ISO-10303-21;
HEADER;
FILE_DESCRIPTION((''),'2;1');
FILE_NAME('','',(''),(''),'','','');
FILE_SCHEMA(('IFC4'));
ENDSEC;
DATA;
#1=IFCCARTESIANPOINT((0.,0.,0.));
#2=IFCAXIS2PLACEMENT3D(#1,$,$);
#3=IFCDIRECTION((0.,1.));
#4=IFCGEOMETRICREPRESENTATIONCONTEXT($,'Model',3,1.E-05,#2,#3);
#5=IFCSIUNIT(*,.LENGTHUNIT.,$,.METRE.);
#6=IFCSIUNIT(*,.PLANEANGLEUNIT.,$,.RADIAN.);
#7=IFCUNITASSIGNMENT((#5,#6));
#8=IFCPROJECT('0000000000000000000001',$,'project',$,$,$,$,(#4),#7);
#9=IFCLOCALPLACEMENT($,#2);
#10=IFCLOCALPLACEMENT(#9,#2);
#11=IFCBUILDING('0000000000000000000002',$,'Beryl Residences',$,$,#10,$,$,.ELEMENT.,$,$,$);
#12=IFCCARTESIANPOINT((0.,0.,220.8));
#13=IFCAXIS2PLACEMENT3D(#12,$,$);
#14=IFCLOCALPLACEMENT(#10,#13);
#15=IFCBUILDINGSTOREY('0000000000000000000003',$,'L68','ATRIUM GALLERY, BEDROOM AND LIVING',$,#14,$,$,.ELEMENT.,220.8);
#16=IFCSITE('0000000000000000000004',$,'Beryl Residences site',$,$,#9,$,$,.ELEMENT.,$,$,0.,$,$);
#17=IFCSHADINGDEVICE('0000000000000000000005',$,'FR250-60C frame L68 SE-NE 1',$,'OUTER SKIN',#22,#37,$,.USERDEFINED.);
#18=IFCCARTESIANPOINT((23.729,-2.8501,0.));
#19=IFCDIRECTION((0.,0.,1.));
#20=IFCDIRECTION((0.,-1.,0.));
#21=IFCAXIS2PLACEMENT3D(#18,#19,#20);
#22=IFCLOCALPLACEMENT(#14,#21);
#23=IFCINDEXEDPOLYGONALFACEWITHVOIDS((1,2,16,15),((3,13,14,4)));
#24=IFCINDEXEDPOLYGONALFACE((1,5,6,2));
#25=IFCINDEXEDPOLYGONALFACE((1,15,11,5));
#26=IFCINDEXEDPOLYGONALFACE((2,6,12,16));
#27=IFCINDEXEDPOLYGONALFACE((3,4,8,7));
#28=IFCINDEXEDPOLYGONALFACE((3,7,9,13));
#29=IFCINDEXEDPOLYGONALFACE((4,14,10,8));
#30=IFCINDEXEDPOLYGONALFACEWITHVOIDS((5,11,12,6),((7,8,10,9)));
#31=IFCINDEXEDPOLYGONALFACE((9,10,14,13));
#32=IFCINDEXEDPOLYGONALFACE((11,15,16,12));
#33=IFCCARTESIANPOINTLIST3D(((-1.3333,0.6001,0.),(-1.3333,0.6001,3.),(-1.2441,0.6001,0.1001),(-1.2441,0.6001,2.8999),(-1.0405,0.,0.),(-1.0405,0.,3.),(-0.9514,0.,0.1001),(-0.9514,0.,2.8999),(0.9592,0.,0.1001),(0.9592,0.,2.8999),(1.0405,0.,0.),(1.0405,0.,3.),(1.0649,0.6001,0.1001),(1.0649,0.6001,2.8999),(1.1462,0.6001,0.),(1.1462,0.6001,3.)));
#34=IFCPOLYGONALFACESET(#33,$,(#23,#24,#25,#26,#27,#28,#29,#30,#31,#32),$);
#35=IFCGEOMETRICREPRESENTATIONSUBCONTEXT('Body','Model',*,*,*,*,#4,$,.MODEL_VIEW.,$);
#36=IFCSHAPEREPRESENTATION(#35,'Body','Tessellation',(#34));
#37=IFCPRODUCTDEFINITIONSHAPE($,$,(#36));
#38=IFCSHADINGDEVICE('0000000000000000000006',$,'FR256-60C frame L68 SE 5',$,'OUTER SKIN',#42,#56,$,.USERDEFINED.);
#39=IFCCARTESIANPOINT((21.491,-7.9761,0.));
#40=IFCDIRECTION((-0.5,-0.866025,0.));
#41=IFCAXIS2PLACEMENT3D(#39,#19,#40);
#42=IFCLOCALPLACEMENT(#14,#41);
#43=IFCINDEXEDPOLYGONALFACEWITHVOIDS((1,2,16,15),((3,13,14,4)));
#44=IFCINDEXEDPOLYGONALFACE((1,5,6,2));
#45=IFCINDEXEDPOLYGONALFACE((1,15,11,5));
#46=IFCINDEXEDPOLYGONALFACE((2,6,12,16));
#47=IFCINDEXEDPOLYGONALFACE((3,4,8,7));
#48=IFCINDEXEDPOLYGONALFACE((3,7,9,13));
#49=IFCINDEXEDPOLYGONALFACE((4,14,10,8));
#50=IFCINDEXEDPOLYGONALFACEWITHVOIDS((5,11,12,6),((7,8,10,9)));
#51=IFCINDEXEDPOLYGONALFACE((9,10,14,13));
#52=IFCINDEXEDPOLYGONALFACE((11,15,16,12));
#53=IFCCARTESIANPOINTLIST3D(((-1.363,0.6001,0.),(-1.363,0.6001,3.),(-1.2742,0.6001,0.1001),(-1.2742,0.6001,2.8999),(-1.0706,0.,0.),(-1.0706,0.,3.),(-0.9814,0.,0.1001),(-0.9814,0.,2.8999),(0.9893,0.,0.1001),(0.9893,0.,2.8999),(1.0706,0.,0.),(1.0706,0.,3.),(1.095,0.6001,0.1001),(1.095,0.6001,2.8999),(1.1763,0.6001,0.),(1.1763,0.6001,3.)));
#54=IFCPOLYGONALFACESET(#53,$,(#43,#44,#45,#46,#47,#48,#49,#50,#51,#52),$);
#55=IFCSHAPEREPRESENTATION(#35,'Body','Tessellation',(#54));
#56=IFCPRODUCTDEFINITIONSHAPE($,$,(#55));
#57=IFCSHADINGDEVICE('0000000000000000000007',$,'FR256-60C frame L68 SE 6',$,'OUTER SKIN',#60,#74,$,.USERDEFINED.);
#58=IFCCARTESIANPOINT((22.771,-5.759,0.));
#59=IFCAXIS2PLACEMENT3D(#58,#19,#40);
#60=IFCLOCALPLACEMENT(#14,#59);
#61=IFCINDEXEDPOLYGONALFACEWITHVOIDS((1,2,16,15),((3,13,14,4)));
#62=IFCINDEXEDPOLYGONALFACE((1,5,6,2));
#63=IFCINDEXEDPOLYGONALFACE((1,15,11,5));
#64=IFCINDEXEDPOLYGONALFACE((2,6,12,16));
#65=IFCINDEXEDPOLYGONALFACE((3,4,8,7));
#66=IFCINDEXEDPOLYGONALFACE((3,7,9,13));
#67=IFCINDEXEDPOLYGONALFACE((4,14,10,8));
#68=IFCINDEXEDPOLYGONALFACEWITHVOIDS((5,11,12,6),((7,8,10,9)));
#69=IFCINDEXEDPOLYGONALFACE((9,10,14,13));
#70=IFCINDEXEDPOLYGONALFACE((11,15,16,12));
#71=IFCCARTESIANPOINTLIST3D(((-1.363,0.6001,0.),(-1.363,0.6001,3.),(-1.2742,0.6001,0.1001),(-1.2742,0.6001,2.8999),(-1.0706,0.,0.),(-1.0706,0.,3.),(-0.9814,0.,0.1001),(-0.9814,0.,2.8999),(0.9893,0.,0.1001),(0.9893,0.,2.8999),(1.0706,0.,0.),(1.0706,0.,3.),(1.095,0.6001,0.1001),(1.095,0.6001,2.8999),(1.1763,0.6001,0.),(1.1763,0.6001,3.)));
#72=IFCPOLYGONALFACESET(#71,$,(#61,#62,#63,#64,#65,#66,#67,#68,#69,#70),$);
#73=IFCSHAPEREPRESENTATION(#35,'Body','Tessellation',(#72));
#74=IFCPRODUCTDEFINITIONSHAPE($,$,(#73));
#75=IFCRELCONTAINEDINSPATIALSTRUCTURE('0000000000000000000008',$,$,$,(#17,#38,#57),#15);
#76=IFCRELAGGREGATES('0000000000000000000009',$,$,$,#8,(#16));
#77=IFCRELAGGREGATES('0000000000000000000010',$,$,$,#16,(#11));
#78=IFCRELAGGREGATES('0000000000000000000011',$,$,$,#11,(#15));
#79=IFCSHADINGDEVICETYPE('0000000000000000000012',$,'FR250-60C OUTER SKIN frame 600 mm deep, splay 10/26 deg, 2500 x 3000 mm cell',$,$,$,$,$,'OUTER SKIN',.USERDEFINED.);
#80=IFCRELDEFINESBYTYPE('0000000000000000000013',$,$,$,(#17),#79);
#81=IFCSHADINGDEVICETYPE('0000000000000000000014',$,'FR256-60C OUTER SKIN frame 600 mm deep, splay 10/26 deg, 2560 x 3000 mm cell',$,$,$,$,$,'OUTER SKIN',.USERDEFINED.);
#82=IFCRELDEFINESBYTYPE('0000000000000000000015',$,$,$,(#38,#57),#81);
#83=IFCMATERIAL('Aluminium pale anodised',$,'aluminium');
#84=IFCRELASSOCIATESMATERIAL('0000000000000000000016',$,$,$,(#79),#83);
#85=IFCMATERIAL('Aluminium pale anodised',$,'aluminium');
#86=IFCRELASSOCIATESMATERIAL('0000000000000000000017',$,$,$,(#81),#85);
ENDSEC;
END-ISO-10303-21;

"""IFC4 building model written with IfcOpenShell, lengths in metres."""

from ifc_helpers import new_model, entity, si_unit, direction, frame, origin, place, context, subcontext, project, spatial, source, transform, mapped, material, type_object, type_shapes, element, save


model = new_model("IFC4")

# Units and contexts
model_context = context("Model", 3, precision=1e-05, world=origin(), true_north=direction((0.0, 1.0)))
body_context = subcontext(model_context, "Body", "Model", "MODEL_VIEW")
ifc_project = project(units=[si_unit("LENGTHUNIT", "METRE"), si_unit("PLANEANGLEUNIT", "RADIAN")], contexts=[model_context])

# Site, building, storey
site_placement = place(None, origin())
site = spatial("IfcSite", under=ifc_project, at=site_placement, Name="Beryl Residences site", CompositionType="ELEMENT", RefElevation=0.0)
building_placement = place(site_placement, origin())
building = spatial("IfcBuilding", under=site, at=building_placement, Name="Beryl Residences", CompositionType="ELEMENT")
storey_placement = place(building_placement, frame((0.0, 0.0, 220.8)))
storey = spatial("IfcBuildingStorey", under=building, at=storey_placement, Name="L68", Description="ATRIUM GALLERY, BEDROOM AND LIVING", CompositionType="ELEMENT", Elevation=220.8)

# Shading devices
ifc_material_1 = material(Name="Aluminium pale anodised", Category="aluminium")
shading_device_type_1 = type_object("IfcShadingDeviceType", Name="FR250-60C OUTER SKIN frame 600 mm deep, splay 10/26 deg, 2500 x 3000 mm cell", ElementType="OUTER SKIN", PredefinedType="USERDEFINED", material=ifc_material_1)
cartesian_point_1 = entity("IfcCartesianPoint", [-1.0405, 0.0])
cartesian_point_2 = entity("IfcCartesianPoint", [-0.9592, 0.1001])
cartesian_point_3 = entity("IfcCartesianPoint", [-1.1462, 0.0])
cartesian_point_4 = entity("IfcCartesianPoint", [-1.0649, 0.1001])
shared_shape_1 = source(origin(), body_context, "Body", "SweptSolid", [
    entity("IfcExtrudedAreaSolidTapered", entity("IfcArbitraryProfileDefWithVoids", "AREA", None, entity("IfcPolyline", [cartesian_point_1, entity("IfcCartesianPoint", [1.0405, 0.0]), entity("IfcCartesianPoint", [1.0405, 3.0]), entity("IfcCartesianPoint", [-1.0405, 3.0]), cartesian_point_1]), [entity("IfcPolyline", [cartesian_point_2, entity("IfcCartesianPoint", [0.9514, 0.1001]), entity("IfcCartesianPoint", [0.9514, 2.8999]), entity("IfcCartesianPoint", [-0.9592, 2.8999]), cartesian_point_2])]), entity("IfcAxis2Placement3D", entity("IfcCartesianPoint", [0.0, 0.0, 0.0]), entity("IfcDirection", [0.0, 1.0, 0.0]), entity("IfcDirection", [-1.0, 0.0, 0.0])), entity("IfcDirection", [0.0, 0.0, 1.0]), 0.6001, entity("IfcArbitraryProfileDefWithVoids", "AREA", None, entity("IfcPolyline", [cartesian_point_3, entity("IfcCartesianPoint", [1.3333, 0.0]), entity("IfcCartesianPoint", [1.3333, 3.0]), entity("IfcCartesianPoint", [-1.1462, 3.0]), cartesian_point_3]), [entity("IfcPolyline", [cartesian_point_4, entity("IfcCartesianPoint", [1.2441, 0.1001]), entity("IfcCartesianPoint", [1.2441, 2.8999]), entity("IfcCartesianPoint", [-1.0649, 2.8999]), cartesian_point_4])])),
])
type_shapes(shading_device_type_1, [shared_shape_1])
shading_device_placement = place(storey_placement, frame((23.729, -2.8501, 0.0), z_axis=(0.0, 0.0, 1.0), x_axis=(0.0, -1.0, 0.0)))
element("IfcShadingDevice", 1, at=shading_device_placement, inside=storey, type_object=shading_device_type_1, Name="FR250-60C frame L68 SE-NE 1", ObjectType="OUTER SKIN", PredefinedType="USERDEFINED", context=body_context, shape_type="MappedRepresentation", body=[
    mapped(shared_shape_1, transform((0.0, 0.0, 0.0))),
])
ifc_material_2 = material(Name="Aluminium pale anodised", Category="aluminium")
shading_device_type_2 = type_object("IfcShadingDeviceType", Name="FR256-60C OUTER SKIN frame 600 mm deep, splay 10/26 deg, 2560 x 3000 mm cell", ElementType="OUTER SKIN", PredefinedType="USERDEFINED", material=ifc_material_2)
cartesian_point_5 = entity("IfcCartesianPoint", [-1.0706, 0.0])
cartesian_point_6 = entity("IfcCartesianPoint", [-0.9893, 0.1001])
cartesian_point_7 = entity("IfcCartesianPoint", [-1.1763, 0.0])
cartesian_point_8 = entity("IfcCartesianPoint", [-1.095, 0.1001])
shared_shape_2 = source(origin(), body_context, "Body", "SweptSolid", [
    entity("IfcExtrudedAreaSolidTapered", entity("IfcArbitraryProfileDefWithVoids", "AREA", None, entity("IfcPolyline", [cartesian_point_5, entity("IfcCartesianPoint", [1.0706, 0.0]), entity("IfcCartesianPoint", [1.0706, 3.0]), entity("IfcCartesianPoint", [-1.0706, 3.0]), cartesian_point_5]), [entity("IfcPolyline", [cartesian_point_6, entity("IfcCartesianPoint", [0.9814, 0.1001]), entity("IfcCartesianPoint", [0.9814, 2.8999]), entity("IfcCartesianPoint", [-0.9893, 2.8999]), cartesian_point_6])]), entity("IfcAxis2Placement3D", entity("IfcCartesianPoint", [0.0, 0.0, 0.0]), entity("IfcDirection", [0.0, 1.0, 0.0]), entity("IfcDirection", [-1.0, 0.0, 0.0])), entity("IfcDirection", [0.0, 0.0, 1.0]), 0.6001, entity("IfcArbitraryProfileDefWithVoids", "AREA", None, entity("IfcPolyline", [cartesian_point_7, entity("IfcCartesianPoint", [1.363, 0.0]), entity("IfcCartesianPoint", [1.363, 3.0]), entity("IfcCartesianPoint", [-1.1763, 3.0]), cartesian_point_7]), [entity("IfcPolyline", [cartesian_point_8, entity("IfcCartesianPoint", [1.2742, 0.1001]), entity("IfcCartesianPoint", [1.2742, 2.8999]), entity("IfcCartesianPoint", [-1.095, 2.8999]), cartesian_point_8])])),
])
type_shapes(shading_device_type_2, [shared_shape_2])
for number, where, z_axis, x_axis, name in (
    (2, (21.491, -7.9761, 0.0), (0.0, 0.0, 1.0), (-0.5, -0.866025, 0.0), "FR256-60C frame L68 SE 5"),
    (3, (22.771, -5.759, 0.0), (0.0, 0.0, 1.0), (-0.5, -0.866025, 0.0), "FR256-60C frame L68 SE 6"),
):
    element("IfcShadingDevice", number, at=place(storey_placement, frame(where, z_axis=z_axis, x_axis=x_axis)), inside=storey, type_object=shading_device_type_2, Name=name, ObjectType="OUTER SKIN", PredefinedType="USERDEFINED", context=body_context, shape_type="MappedRepresentation", body=[
        mapped(shared_shape_2, transform((0.0, 0.0, 0.0))),
    ])

save(model, "model.ifc")
